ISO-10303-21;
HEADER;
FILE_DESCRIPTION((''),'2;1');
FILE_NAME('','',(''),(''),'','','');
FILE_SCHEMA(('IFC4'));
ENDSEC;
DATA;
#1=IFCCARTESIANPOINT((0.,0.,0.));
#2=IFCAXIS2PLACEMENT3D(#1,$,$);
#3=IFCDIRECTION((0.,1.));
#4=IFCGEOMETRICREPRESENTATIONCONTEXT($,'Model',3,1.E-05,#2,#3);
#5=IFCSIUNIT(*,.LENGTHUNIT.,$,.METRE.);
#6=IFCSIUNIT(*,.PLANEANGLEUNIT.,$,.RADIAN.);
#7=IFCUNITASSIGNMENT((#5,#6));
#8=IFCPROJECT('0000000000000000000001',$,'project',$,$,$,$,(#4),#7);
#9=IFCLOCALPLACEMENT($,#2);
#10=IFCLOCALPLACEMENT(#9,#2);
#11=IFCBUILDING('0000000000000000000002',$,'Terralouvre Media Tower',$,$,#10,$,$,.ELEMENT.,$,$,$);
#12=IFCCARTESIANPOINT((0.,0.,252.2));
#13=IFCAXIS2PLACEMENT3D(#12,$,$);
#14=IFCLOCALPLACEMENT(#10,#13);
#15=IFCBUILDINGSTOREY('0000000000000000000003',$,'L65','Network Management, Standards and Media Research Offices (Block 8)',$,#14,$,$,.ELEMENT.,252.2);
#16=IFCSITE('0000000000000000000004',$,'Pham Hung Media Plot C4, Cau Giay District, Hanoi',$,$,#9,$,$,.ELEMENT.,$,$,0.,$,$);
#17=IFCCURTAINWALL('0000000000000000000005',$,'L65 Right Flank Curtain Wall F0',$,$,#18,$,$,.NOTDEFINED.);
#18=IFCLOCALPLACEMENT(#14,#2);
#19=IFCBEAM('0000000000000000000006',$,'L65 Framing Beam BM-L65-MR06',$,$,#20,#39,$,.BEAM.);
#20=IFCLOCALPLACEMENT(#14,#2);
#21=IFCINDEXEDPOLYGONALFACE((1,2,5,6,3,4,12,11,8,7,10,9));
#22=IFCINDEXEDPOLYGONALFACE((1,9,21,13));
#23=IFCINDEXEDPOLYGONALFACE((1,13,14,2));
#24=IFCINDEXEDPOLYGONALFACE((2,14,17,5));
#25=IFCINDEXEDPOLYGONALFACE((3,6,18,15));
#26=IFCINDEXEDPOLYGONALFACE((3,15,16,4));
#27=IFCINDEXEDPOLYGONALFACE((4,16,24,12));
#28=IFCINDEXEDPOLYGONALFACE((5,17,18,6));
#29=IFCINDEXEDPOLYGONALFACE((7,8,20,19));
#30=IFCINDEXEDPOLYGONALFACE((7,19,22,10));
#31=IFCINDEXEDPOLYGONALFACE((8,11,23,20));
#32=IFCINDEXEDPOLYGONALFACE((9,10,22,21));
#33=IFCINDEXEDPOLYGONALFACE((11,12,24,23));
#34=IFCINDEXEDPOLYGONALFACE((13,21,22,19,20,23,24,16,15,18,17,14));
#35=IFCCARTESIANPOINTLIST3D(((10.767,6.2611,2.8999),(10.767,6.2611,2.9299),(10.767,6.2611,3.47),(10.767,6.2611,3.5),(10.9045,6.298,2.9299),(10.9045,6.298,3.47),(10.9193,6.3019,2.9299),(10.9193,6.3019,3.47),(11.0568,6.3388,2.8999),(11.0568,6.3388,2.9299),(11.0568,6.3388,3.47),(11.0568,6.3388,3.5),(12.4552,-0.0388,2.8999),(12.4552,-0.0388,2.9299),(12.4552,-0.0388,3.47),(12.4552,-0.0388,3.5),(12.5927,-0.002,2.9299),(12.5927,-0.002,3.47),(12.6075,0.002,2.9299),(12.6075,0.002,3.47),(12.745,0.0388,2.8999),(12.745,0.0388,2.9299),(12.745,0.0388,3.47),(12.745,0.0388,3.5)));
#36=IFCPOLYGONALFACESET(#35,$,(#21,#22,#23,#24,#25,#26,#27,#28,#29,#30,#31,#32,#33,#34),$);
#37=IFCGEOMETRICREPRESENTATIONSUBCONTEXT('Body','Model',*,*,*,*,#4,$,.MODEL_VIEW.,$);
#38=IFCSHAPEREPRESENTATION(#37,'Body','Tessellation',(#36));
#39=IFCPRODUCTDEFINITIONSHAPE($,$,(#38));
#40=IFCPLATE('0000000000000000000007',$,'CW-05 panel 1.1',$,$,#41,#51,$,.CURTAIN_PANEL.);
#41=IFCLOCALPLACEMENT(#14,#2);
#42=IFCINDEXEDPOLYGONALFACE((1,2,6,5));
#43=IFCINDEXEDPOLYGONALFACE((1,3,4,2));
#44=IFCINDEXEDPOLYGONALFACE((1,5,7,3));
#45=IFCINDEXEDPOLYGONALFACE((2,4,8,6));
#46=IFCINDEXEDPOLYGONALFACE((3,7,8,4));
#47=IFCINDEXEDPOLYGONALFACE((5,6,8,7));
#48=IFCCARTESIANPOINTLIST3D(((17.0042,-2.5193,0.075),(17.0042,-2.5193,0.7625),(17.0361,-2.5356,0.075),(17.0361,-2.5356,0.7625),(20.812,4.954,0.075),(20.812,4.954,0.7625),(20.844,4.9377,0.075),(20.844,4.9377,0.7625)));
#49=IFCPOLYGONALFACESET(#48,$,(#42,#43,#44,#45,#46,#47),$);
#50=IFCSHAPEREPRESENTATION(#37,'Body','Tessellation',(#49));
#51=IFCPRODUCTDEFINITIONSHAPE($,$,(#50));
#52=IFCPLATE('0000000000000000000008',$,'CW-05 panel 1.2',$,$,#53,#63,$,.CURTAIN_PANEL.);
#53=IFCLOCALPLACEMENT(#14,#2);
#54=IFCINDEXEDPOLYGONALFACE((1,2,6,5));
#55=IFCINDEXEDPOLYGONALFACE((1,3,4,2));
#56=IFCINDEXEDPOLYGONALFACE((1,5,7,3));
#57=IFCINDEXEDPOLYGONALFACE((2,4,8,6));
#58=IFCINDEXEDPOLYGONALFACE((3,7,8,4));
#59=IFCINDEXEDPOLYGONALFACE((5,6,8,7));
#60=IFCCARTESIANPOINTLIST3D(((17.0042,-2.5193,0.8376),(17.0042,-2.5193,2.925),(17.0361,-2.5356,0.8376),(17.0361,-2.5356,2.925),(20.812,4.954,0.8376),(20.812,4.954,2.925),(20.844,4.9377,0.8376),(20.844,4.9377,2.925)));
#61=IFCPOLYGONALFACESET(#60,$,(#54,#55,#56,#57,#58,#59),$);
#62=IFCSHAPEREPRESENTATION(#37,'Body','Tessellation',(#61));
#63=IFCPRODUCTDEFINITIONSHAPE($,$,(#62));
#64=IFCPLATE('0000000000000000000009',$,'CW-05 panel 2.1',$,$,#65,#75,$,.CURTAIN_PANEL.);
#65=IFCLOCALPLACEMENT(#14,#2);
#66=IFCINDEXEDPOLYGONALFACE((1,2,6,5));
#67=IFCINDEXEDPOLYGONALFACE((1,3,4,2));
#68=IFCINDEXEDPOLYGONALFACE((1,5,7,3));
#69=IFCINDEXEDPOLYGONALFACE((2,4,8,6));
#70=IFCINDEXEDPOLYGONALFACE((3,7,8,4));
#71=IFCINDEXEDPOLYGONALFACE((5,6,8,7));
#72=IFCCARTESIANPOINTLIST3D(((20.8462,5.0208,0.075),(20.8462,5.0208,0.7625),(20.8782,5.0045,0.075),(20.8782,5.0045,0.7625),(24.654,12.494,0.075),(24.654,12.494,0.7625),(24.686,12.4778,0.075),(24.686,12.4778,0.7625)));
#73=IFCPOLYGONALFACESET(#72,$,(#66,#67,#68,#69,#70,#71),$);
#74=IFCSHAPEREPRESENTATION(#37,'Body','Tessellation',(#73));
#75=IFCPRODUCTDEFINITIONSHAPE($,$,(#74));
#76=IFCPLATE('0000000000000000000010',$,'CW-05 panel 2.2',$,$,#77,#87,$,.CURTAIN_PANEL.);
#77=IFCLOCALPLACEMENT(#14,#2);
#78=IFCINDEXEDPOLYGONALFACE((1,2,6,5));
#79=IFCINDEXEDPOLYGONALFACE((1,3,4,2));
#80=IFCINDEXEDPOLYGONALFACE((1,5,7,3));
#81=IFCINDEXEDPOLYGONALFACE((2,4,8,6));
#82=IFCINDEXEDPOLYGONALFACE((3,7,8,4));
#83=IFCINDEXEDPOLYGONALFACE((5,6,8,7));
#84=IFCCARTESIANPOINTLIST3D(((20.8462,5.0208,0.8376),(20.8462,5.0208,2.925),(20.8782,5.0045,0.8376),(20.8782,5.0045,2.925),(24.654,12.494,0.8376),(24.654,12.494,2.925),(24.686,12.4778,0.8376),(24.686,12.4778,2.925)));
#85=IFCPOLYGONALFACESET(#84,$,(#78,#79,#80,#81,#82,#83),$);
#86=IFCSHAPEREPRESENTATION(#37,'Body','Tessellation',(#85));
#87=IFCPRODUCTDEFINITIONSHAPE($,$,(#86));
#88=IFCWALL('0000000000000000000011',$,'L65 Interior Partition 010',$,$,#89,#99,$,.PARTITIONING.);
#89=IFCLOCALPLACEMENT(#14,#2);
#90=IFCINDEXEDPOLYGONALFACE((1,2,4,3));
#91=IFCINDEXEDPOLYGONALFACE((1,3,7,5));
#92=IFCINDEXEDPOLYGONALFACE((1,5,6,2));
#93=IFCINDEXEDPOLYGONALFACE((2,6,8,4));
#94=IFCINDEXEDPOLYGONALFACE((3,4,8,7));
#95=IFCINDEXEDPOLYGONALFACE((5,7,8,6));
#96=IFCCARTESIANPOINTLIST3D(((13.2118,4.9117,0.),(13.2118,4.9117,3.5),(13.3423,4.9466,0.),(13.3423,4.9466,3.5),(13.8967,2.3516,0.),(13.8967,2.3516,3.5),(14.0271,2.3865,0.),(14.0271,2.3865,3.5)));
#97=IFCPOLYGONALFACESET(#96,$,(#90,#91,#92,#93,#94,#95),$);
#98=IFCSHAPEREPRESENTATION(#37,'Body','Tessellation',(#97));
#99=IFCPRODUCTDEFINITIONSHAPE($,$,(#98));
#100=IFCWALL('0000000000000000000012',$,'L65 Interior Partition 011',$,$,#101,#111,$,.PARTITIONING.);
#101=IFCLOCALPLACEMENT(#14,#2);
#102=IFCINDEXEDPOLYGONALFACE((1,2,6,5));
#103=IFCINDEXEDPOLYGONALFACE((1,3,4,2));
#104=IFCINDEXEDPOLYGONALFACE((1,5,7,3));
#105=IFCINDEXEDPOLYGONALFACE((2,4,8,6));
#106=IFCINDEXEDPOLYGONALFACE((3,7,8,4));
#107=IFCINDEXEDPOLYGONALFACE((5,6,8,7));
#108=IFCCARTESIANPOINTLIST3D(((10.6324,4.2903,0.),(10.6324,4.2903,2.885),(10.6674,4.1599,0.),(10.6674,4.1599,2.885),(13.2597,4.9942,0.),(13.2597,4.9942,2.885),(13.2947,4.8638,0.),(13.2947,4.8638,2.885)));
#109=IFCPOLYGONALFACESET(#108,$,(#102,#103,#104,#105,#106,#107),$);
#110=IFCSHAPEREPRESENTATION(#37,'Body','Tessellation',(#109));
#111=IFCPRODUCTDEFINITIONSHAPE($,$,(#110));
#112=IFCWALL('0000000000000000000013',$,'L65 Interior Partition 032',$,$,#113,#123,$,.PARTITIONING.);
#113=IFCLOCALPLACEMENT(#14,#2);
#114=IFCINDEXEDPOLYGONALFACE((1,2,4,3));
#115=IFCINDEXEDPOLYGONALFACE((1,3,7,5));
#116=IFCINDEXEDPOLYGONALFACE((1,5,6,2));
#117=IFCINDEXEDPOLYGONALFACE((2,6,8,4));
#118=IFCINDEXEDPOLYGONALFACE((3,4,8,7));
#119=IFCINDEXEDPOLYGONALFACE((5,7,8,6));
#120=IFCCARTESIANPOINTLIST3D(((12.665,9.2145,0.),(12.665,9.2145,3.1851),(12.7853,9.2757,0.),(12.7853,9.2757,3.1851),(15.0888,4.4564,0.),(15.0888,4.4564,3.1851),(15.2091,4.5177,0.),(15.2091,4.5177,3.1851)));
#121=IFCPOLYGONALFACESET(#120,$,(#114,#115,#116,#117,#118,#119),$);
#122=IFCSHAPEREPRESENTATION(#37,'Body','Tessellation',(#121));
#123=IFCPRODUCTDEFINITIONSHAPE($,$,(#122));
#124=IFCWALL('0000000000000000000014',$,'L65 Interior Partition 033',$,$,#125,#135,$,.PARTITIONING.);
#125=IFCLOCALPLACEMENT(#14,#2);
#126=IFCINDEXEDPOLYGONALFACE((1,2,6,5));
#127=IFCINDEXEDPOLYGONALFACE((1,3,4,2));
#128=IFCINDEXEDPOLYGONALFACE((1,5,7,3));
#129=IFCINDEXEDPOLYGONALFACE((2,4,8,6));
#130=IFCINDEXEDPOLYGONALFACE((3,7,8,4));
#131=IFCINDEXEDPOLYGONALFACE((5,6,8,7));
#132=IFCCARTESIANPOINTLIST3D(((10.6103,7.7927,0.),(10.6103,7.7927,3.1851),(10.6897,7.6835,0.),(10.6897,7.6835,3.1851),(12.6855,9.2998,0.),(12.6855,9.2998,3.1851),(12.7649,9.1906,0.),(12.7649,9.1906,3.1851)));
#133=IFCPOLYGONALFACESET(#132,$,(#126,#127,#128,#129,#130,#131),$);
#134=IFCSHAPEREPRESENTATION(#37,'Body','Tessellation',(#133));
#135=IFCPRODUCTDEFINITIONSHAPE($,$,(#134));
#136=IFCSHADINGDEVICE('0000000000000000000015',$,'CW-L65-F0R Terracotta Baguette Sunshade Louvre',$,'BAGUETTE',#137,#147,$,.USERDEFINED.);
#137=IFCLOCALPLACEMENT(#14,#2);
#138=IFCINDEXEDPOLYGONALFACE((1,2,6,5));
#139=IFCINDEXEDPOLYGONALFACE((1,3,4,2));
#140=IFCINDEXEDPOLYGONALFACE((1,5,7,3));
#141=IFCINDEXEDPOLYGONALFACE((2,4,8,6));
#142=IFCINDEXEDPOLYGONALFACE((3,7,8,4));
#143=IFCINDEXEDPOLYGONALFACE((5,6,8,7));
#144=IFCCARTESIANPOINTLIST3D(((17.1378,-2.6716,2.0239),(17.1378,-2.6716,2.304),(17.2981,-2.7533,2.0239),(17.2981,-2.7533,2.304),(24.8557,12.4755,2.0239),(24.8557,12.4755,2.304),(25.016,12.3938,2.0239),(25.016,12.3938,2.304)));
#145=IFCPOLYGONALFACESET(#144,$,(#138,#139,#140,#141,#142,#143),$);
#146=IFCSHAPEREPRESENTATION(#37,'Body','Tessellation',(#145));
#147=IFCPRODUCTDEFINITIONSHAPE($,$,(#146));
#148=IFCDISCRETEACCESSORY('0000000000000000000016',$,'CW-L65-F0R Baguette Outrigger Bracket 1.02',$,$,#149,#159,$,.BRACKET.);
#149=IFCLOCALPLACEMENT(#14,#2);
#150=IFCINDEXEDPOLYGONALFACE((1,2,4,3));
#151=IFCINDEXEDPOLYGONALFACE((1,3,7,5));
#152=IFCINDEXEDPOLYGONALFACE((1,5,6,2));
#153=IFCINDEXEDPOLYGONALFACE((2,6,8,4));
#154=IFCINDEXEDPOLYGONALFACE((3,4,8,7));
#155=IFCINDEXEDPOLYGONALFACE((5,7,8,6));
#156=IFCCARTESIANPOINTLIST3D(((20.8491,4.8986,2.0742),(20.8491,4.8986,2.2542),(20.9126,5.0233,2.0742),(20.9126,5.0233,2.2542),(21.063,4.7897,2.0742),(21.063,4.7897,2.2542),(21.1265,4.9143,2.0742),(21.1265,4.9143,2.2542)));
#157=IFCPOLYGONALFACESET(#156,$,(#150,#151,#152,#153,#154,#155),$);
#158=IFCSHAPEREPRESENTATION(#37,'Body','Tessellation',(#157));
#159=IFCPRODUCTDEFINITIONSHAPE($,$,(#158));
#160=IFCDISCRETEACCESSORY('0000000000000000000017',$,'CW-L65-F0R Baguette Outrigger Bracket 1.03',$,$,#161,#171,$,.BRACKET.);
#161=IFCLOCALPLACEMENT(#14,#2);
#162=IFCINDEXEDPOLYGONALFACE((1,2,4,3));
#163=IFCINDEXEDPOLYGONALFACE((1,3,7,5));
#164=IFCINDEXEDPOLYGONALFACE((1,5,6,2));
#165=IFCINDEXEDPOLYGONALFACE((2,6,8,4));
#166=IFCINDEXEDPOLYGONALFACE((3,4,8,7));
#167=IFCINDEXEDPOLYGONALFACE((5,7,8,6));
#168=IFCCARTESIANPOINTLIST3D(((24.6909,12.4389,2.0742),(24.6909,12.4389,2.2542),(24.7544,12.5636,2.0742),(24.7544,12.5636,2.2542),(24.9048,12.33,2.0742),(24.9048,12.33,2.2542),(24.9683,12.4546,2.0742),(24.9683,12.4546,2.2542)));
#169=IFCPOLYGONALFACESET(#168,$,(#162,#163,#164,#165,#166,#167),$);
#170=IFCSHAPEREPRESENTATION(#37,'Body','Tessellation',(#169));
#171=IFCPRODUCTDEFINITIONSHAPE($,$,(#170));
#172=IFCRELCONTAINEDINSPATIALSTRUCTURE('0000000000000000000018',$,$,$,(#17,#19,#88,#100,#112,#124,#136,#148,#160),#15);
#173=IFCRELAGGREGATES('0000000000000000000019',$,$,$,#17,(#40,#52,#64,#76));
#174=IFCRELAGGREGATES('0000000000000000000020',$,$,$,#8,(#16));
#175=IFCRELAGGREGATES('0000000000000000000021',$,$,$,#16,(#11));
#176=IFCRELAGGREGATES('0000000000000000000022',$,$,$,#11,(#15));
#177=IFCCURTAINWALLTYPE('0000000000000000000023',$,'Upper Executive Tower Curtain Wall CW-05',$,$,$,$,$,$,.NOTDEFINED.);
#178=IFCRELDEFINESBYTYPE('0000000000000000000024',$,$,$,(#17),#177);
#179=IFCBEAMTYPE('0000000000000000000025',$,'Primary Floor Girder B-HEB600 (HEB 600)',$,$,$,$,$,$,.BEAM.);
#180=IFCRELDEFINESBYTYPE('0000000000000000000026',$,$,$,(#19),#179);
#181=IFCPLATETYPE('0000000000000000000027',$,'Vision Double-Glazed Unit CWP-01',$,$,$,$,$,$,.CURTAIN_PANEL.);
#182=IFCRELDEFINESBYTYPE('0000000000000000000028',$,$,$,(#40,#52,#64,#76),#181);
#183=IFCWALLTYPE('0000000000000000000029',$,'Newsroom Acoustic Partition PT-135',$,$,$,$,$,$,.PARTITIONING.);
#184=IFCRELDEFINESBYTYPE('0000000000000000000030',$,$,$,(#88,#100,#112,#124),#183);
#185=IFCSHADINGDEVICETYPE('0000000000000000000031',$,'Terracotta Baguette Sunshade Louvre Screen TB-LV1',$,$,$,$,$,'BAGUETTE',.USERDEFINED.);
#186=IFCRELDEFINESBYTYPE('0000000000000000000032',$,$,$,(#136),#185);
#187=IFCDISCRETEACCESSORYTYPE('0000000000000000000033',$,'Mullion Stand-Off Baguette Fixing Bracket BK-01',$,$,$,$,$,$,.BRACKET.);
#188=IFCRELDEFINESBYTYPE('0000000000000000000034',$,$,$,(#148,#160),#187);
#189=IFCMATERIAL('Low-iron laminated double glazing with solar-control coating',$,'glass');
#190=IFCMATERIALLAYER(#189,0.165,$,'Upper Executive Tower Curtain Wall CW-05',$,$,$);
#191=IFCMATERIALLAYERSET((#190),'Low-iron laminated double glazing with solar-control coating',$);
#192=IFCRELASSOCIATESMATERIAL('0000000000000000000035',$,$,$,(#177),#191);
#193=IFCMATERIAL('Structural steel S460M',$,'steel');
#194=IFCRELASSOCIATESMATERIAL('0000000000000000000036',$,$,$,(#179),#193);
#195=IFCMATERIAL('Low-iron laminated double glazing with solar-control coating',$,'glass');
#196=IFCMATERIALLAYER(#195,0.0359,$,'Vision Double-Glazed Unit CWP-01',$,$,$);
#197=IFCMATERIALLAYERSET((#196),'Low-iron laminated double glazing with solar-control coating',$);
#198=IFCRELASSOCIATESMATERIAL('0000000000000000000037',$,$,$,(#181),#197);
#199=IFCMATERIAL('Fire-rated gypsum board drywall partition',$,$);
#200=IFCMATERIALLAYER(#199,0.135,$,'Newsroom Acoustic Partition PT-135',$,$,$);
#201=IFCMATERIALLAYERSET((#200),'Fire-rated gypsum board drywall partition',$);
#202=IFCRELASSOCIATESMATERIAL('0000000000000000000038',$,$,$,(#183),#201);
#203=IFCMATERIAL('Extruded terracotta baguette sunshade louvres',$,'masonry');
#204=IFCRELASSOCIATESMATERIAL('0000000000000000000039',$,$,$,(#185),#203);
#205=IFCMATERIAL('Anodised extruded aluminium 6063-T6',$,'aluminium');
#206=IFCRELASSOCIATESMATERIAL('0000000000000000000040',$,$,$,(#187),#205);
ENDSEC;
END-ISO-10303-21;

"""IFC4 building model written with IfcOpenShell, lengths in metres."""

from ifc_helpers import new_model, si_unit, direction, frame, frame_2d, origin, origin_2d, place, context, subcontext, project, spatial, rectangle, i_section, extrude, material, layer, layer_set, material_profile, profile_set, type_object, element, aggregate, save


model = new_model("IFC4")

# Units and contexts
model_context = context("Model", 3, precision=1e-05, world=origin(), true_north=direction((0.0, 1.0)))
body_context = subcontext(model_context, "Body", "Model", "MODEL_VIEW")
ifc_project = project(units=[si_unit("LENGTHUNIT", "METRE"), si_unit("PLANEANGLEUNIT", "RADIAN")], contexts=[model_context])

# Site, building, storey
site_placement = place(None, origin())
site = spatial("IfcSite", under=ifc_project, at=site_placement, Name="Pham Hung Media Plot C4, Cau Giay District, Hanoi", CompositionType="ELEMENT", RefElevation=0.0)
building_placement = place(site_placement, origin())
building = spatial("IfcBuilding", under=site, at=building_placement, Name="Terralouvre Media Tower", CompositionType="ELEMENT")
storey_placement = place(building_placement, frame((0.0, 0.0, 252.2)))
storey = spatial("IfcBuildingStorey", under=building, at=storey_placement, Name="L65", Description="Network Management, Standards and Media Research Offices (Block 8)", CompositionType="ELEMENT", Elevation=252.2)

# Curtain wall
ifc_material_1 = material(Name="Low-iron laminated double glazing with solar-control coating", Category="glass")
ifc_layer_1 = layer(ifc_material_1, 0.165, Name="Upper Executive Tower Curtain Wall CW-05")
ifc_layer_set_1 = layer_set([ifc_layer_1], Name="Low-iron laminated double glazing with solar-control coating")
curtain_wall_type = type_object("IfcCurtainWallType", Name="Upper Executive Tower Curtain Wall CW-05", PredefinedType="NOTDEFINED", material=ifc_layer_set_1)
curtain_wall_placement = place(storey_placement, origin())
curtain_wall = element("IfcCurtainWall", 1, at=curtain_wall_placement, inside=storey, type_object=curtain_wall_type, Name="L65 Right Flank Curtain Wall F0", PredefinedType="NOTDEFINED")

# Beam
ifc_material_2 = material(Name="Structural steel S460M", Category="steel")
ifc_material_profile_1 = material_profile(ifc_material_2, i_section(OverallWidth=0.3, OverallDepth=0.6001, WebThickness=0.0154, FlangeThickness=0.03, at=origin_2d()), Name="HEB 600")
ifc_profile_set_1 = profile_set([ifc_material_profile_1], Name="Structural steel S460M")
beam_type_1 = type_object("IfcBeamType", Name="Primary Floor Girder B-HEB600 (HEB 600)", PredefinedType="BEAM", material=ifc_profile_set_1)
beam_1_placement = place(storey_placement, frame((12.6001, 0.0, 3.2), z_axis=(-0.258839, 0.96592, 0.0), x_axis=(-0.96592, -0.258839, 0.0)))
element("IfcBeam", 2, at=beam_1_placement, inside=storey, type_object=beam_type_1, Name="L65 Framing Beam BM-L65-MR06", PredefinedType="BEAM", context=body_context, shape_type="SweptSolid", body=[
    extrude(i_section(OverallWidth=0.3, OverallDepth=0.6001, WebThickness=0.0154, FlangeThickness=0.03, at=origin_2d()), origin(), (0.0, 0.0, 1.0), 6.5222),
])

# Plates
ifc_material_3 = material(Name="Low-iron laminated double glazing with solar-control coating", Category="glass")
ifc_layer_2 = layer(ifc_material_3, 0.0359, Name="Vision Double-Glazed Unit CWP-01")
ifc_layer_set_2 = layer_set([ifc_layer_2], Name="Low-iron laminated double glazing with solar-control coating")
plate_type = type_object("IfcPlateType", Name="Vision Double-Glazed Unit CWP-01", PredefinedType="CURTAIN_PANEL", material=ifc_layer_set_2)
plate_1_placement = place(storey_placement, frame((18.9241, 1.2092, 0.075), z_axis=(0.0, 0.0, 1.0), x_axis=(0.453991, 0.891006, 0.0)))
plate_1 = element("IfcPlate", 3, at=plate_1_placement, type_object=plate_type, Name="CW-05 panel 1.1", PredefinedType="CURTAIN_PANEL", context=body_context, shape_type="SweptSolid", body=[
    extrude(rectangle(XDim=8.3875, YDim=0.0359, at=origin_2d()), origin(), (0.0, 0.0, 1.0), 0.6875),
])
plate_2_placement = place(storey_placement, frame((18.9241, 1.2092, 0.8376), z_axis=(0.0, 0.0, 1.0), x_axis=(0.453991, 0.891006, 0.0)))
plate_2 = element("IfcPlate", 4, at=plate_2_placement, type_object=plate_type, Name="CW-05 panel 1.2", PredefinedType="CURTAIN_PANEL", context=body_context, shape_type="SweptSolid", body=[
    extrude(rectangle(XDim=8.3875, YDim=0.0359, at=origin_2d()), origin(), (0.0, 0.0, 1.0), 2.0874),
])
plate_3_placement = place(storey_placement, frame((22.7661, 8.7493, 0.075), z_axis=(0.0, 0.0, 1.0), x_axis=(0.453991, 0.891006, 0.0)))
plate_3 = element("IfcPlate", 5, at=plate_3_placement, type_object=plate_type, Name="CW-05 panel 2.1", PredefinedType="CURTAIN_PANEL", context=body_context, shape_type="SweptSolid", body=[
    extrude(rectangle(XDim=8.3875, YDim=0.0359, at=origin_2d()), origin(), (0.0, 0.0, 1.0), 0.6875),
])
plate_4_placement = place(storey_placement, frame((22.7661, 8.7493, 0.8376), z_axis=(0.0, 0.0, 1.0), x_axis=(0.453991, 0.891006, 0.0)))
plate_4 = element("IfcPlate", 6, at=plate_4_placement, type_object=plate_type, Name="CW-05 panel 2.2", PredefinedType="CURTAIN_PANEL", context=body_context, shape_type="SweptSolid", body=[
    extrude(rectangle(XDim=8.3875, YDim=0.0359, at=origin_2d()), origin(), (0.0, 0.0, 1.0), 2.0874),
])
aggregate(curtain_wall, [plate_1, plate_2, plate_3, plate_4])

# Walls
ifc_material_4 = material(Name="Fire-rated gypsum board drywall partition")
ifc_layer_3 = layer(ifc_material_4, 0.135, Name="Newsroom Acoustic Partition PT-135")
ifc_layer_set_3 = layer_set([ifc_layer_3], Name="Fire-rated gypsum board drywall partition")
wall_type = type_object("IfcWallType", Name="Newsroom Acoustic Partition PT-135", PredefinedType="PARTITIONING", material=ifc_layer_set_3)
wall_1_placement = place(storey_placement, frame((13.9619, 2.3689, 0.0), z_axis=(0.0, 0.0, 1.0), x_axis=(-0.258414, 0.966034, 0.0)))
element("IfcWall", 7, at=wall_1_placement, inside=storey, type_object=wall_type, Name="L65 Interior Partition 010", PredefinedType="PARTITIONING", context=body_context, shape_type="SweptSolid", body=[
    extrude(rectangle(XDim=2.6501, YDim=0.135, at=frame_2d((1.3252, 0.0))), origin(), (0.0, 0.0, 1.0), 3.5),
])
wall_2_placement = place(storey_placement, frame((13.2771, 4.929, 0.0), z_axis=(0.0, 0.0, 1.0), x_axis=(-0.965935, -0.258785, 0.0)))
element("IfcWall", 8, at=wall_2_placement, inside=storey, type_object=wall_type, Name="L65 Interior Partition 011", PredefinedType="PARTITIONING", context=body_context, shape_type="SweptSolid", body=[
    extrude(rectangle(XDim=2.72, YDim=0.135, at=frame_2d((1.3599, 0.0))), origin(), (0.0, 0.0, 1.0), 2.885),
])
wall_3_placement = place(storey_placement, frame((15.1489, 4.4871, 0.0), z_axis=(0.0, 0.0, 1.0), x_axis=(-0.453913, 0.891046, 0.0)))
element("IfcWall", 9, at=wall_3_placement, inside=storey, type_object=wall_type, Name="L65 Interior Partition 032", PredefinedType="PARTITIONING", context=body_context, shape_type="SweptSolid", body=[
    extrude(rectangle(XDim=5.3398, YDim=0.135, at=frame_2d((2.6699, 0.0))), origin(), (0.0, 0.0, 1.0), 3.1851),
])
wall_4_placement = place(storey_placement, frame((12.7251, 9.2451, 0.0), z_axis=(0.0, 0.0, 1.0), x_axis=(-0.809135, -0.587623, 0.0)))
element("IfcWall", 10, at=wall_4_placement, inside=storey, type_object=wall_type, Name="L65 Interior Partition 033", PredefinedType="PARTITIONING", context=body_context, shape_type="SweptSolid", body=[
    extrude(rectangle(XDim=2.5647, YDim=0.135, at=frame_2d((1.2822, 0.0))), origin(), (0.0, 0.0, 1.0), 3.1851),
])

# Shading device
ifc_material_5 = material(Name="Extruded terracotta baguette sunshade louvres", Category="masonry")
shading_device_type = type_object("IfcShadingDeviceType", Name="Terracotta Baguette Sunshade Louvre Screen TB-LV1", ElementType="BAGUETTE", PredefinedType="USERDEFINED", material=ifc_material_5)
shading_device_placement = place(storey_placement, frame((21.0769, 4.8611, 2.0239), z_axis=(0.0, 0.0, 1.0), x_axis=(0.453991, 0.891006, 0.0)))
element("IfcShadingDevice", 11, at=shading_device_placement, inside=storey, type_object=shading_device_type, Name="CW-L65-F0R Terracotta Baguette Sunshade Louvre", ObjectType="BAGUETTE", PredefinedType="USERDEFINED", context=body_context, shape_type="SweptSolid", body=[
    extrude(rectangle(XDim=17.0, YDim=0.1799, at=origin_2d()), origin(), (0.0, 0.0, 1.0), 0.28),
])

# Discrete accessories
ifc_material_6 = material(Name="Anodised extruded aluminium 6063-T6", Category="aluminium")
discrete_accessory_type = type_object("IfcDiscreteAccessoryType", Name="Mullion Stand-Off Baguette Fixing Bracket BK-01", PredefinedType="BRACKET", material=ifc_material_6)
for number, where, z_axis, x_axis, name in (
    (12, (20.9878, 4.9065, 2.0742), (0.0, 0.0, 1.0), (0.453991, 0.891006, 0.0), "CW-L65-F0R Baguette Outrigger Bracket 1.02"),
    (13, (24.8296, 12.4468, 2.0742), (0.0, 0.0, 1.0), (0.453991, 0.891006, 0.0), "CW-L65-F0R Baguette Outrigger Bracket 1.03"),
):
    element("IfcDiscreteAccessory", number, at=place(storey_placement, frame(where, z_axis=z_axis, x_axis=x_axis)), inside=storey, type_object=discrete_accessory_type, Name=name, PredefinedType="BRACKET", context=body_context, shape_type="SweptSolid", body=[
        extrude(rectangle(XDim=0.1399, YDim=0.24, at=origin_2d()), origin(), (0.0, 0.0, 1.0), 0.1799),
    ])

save(model, "model.ifc")
